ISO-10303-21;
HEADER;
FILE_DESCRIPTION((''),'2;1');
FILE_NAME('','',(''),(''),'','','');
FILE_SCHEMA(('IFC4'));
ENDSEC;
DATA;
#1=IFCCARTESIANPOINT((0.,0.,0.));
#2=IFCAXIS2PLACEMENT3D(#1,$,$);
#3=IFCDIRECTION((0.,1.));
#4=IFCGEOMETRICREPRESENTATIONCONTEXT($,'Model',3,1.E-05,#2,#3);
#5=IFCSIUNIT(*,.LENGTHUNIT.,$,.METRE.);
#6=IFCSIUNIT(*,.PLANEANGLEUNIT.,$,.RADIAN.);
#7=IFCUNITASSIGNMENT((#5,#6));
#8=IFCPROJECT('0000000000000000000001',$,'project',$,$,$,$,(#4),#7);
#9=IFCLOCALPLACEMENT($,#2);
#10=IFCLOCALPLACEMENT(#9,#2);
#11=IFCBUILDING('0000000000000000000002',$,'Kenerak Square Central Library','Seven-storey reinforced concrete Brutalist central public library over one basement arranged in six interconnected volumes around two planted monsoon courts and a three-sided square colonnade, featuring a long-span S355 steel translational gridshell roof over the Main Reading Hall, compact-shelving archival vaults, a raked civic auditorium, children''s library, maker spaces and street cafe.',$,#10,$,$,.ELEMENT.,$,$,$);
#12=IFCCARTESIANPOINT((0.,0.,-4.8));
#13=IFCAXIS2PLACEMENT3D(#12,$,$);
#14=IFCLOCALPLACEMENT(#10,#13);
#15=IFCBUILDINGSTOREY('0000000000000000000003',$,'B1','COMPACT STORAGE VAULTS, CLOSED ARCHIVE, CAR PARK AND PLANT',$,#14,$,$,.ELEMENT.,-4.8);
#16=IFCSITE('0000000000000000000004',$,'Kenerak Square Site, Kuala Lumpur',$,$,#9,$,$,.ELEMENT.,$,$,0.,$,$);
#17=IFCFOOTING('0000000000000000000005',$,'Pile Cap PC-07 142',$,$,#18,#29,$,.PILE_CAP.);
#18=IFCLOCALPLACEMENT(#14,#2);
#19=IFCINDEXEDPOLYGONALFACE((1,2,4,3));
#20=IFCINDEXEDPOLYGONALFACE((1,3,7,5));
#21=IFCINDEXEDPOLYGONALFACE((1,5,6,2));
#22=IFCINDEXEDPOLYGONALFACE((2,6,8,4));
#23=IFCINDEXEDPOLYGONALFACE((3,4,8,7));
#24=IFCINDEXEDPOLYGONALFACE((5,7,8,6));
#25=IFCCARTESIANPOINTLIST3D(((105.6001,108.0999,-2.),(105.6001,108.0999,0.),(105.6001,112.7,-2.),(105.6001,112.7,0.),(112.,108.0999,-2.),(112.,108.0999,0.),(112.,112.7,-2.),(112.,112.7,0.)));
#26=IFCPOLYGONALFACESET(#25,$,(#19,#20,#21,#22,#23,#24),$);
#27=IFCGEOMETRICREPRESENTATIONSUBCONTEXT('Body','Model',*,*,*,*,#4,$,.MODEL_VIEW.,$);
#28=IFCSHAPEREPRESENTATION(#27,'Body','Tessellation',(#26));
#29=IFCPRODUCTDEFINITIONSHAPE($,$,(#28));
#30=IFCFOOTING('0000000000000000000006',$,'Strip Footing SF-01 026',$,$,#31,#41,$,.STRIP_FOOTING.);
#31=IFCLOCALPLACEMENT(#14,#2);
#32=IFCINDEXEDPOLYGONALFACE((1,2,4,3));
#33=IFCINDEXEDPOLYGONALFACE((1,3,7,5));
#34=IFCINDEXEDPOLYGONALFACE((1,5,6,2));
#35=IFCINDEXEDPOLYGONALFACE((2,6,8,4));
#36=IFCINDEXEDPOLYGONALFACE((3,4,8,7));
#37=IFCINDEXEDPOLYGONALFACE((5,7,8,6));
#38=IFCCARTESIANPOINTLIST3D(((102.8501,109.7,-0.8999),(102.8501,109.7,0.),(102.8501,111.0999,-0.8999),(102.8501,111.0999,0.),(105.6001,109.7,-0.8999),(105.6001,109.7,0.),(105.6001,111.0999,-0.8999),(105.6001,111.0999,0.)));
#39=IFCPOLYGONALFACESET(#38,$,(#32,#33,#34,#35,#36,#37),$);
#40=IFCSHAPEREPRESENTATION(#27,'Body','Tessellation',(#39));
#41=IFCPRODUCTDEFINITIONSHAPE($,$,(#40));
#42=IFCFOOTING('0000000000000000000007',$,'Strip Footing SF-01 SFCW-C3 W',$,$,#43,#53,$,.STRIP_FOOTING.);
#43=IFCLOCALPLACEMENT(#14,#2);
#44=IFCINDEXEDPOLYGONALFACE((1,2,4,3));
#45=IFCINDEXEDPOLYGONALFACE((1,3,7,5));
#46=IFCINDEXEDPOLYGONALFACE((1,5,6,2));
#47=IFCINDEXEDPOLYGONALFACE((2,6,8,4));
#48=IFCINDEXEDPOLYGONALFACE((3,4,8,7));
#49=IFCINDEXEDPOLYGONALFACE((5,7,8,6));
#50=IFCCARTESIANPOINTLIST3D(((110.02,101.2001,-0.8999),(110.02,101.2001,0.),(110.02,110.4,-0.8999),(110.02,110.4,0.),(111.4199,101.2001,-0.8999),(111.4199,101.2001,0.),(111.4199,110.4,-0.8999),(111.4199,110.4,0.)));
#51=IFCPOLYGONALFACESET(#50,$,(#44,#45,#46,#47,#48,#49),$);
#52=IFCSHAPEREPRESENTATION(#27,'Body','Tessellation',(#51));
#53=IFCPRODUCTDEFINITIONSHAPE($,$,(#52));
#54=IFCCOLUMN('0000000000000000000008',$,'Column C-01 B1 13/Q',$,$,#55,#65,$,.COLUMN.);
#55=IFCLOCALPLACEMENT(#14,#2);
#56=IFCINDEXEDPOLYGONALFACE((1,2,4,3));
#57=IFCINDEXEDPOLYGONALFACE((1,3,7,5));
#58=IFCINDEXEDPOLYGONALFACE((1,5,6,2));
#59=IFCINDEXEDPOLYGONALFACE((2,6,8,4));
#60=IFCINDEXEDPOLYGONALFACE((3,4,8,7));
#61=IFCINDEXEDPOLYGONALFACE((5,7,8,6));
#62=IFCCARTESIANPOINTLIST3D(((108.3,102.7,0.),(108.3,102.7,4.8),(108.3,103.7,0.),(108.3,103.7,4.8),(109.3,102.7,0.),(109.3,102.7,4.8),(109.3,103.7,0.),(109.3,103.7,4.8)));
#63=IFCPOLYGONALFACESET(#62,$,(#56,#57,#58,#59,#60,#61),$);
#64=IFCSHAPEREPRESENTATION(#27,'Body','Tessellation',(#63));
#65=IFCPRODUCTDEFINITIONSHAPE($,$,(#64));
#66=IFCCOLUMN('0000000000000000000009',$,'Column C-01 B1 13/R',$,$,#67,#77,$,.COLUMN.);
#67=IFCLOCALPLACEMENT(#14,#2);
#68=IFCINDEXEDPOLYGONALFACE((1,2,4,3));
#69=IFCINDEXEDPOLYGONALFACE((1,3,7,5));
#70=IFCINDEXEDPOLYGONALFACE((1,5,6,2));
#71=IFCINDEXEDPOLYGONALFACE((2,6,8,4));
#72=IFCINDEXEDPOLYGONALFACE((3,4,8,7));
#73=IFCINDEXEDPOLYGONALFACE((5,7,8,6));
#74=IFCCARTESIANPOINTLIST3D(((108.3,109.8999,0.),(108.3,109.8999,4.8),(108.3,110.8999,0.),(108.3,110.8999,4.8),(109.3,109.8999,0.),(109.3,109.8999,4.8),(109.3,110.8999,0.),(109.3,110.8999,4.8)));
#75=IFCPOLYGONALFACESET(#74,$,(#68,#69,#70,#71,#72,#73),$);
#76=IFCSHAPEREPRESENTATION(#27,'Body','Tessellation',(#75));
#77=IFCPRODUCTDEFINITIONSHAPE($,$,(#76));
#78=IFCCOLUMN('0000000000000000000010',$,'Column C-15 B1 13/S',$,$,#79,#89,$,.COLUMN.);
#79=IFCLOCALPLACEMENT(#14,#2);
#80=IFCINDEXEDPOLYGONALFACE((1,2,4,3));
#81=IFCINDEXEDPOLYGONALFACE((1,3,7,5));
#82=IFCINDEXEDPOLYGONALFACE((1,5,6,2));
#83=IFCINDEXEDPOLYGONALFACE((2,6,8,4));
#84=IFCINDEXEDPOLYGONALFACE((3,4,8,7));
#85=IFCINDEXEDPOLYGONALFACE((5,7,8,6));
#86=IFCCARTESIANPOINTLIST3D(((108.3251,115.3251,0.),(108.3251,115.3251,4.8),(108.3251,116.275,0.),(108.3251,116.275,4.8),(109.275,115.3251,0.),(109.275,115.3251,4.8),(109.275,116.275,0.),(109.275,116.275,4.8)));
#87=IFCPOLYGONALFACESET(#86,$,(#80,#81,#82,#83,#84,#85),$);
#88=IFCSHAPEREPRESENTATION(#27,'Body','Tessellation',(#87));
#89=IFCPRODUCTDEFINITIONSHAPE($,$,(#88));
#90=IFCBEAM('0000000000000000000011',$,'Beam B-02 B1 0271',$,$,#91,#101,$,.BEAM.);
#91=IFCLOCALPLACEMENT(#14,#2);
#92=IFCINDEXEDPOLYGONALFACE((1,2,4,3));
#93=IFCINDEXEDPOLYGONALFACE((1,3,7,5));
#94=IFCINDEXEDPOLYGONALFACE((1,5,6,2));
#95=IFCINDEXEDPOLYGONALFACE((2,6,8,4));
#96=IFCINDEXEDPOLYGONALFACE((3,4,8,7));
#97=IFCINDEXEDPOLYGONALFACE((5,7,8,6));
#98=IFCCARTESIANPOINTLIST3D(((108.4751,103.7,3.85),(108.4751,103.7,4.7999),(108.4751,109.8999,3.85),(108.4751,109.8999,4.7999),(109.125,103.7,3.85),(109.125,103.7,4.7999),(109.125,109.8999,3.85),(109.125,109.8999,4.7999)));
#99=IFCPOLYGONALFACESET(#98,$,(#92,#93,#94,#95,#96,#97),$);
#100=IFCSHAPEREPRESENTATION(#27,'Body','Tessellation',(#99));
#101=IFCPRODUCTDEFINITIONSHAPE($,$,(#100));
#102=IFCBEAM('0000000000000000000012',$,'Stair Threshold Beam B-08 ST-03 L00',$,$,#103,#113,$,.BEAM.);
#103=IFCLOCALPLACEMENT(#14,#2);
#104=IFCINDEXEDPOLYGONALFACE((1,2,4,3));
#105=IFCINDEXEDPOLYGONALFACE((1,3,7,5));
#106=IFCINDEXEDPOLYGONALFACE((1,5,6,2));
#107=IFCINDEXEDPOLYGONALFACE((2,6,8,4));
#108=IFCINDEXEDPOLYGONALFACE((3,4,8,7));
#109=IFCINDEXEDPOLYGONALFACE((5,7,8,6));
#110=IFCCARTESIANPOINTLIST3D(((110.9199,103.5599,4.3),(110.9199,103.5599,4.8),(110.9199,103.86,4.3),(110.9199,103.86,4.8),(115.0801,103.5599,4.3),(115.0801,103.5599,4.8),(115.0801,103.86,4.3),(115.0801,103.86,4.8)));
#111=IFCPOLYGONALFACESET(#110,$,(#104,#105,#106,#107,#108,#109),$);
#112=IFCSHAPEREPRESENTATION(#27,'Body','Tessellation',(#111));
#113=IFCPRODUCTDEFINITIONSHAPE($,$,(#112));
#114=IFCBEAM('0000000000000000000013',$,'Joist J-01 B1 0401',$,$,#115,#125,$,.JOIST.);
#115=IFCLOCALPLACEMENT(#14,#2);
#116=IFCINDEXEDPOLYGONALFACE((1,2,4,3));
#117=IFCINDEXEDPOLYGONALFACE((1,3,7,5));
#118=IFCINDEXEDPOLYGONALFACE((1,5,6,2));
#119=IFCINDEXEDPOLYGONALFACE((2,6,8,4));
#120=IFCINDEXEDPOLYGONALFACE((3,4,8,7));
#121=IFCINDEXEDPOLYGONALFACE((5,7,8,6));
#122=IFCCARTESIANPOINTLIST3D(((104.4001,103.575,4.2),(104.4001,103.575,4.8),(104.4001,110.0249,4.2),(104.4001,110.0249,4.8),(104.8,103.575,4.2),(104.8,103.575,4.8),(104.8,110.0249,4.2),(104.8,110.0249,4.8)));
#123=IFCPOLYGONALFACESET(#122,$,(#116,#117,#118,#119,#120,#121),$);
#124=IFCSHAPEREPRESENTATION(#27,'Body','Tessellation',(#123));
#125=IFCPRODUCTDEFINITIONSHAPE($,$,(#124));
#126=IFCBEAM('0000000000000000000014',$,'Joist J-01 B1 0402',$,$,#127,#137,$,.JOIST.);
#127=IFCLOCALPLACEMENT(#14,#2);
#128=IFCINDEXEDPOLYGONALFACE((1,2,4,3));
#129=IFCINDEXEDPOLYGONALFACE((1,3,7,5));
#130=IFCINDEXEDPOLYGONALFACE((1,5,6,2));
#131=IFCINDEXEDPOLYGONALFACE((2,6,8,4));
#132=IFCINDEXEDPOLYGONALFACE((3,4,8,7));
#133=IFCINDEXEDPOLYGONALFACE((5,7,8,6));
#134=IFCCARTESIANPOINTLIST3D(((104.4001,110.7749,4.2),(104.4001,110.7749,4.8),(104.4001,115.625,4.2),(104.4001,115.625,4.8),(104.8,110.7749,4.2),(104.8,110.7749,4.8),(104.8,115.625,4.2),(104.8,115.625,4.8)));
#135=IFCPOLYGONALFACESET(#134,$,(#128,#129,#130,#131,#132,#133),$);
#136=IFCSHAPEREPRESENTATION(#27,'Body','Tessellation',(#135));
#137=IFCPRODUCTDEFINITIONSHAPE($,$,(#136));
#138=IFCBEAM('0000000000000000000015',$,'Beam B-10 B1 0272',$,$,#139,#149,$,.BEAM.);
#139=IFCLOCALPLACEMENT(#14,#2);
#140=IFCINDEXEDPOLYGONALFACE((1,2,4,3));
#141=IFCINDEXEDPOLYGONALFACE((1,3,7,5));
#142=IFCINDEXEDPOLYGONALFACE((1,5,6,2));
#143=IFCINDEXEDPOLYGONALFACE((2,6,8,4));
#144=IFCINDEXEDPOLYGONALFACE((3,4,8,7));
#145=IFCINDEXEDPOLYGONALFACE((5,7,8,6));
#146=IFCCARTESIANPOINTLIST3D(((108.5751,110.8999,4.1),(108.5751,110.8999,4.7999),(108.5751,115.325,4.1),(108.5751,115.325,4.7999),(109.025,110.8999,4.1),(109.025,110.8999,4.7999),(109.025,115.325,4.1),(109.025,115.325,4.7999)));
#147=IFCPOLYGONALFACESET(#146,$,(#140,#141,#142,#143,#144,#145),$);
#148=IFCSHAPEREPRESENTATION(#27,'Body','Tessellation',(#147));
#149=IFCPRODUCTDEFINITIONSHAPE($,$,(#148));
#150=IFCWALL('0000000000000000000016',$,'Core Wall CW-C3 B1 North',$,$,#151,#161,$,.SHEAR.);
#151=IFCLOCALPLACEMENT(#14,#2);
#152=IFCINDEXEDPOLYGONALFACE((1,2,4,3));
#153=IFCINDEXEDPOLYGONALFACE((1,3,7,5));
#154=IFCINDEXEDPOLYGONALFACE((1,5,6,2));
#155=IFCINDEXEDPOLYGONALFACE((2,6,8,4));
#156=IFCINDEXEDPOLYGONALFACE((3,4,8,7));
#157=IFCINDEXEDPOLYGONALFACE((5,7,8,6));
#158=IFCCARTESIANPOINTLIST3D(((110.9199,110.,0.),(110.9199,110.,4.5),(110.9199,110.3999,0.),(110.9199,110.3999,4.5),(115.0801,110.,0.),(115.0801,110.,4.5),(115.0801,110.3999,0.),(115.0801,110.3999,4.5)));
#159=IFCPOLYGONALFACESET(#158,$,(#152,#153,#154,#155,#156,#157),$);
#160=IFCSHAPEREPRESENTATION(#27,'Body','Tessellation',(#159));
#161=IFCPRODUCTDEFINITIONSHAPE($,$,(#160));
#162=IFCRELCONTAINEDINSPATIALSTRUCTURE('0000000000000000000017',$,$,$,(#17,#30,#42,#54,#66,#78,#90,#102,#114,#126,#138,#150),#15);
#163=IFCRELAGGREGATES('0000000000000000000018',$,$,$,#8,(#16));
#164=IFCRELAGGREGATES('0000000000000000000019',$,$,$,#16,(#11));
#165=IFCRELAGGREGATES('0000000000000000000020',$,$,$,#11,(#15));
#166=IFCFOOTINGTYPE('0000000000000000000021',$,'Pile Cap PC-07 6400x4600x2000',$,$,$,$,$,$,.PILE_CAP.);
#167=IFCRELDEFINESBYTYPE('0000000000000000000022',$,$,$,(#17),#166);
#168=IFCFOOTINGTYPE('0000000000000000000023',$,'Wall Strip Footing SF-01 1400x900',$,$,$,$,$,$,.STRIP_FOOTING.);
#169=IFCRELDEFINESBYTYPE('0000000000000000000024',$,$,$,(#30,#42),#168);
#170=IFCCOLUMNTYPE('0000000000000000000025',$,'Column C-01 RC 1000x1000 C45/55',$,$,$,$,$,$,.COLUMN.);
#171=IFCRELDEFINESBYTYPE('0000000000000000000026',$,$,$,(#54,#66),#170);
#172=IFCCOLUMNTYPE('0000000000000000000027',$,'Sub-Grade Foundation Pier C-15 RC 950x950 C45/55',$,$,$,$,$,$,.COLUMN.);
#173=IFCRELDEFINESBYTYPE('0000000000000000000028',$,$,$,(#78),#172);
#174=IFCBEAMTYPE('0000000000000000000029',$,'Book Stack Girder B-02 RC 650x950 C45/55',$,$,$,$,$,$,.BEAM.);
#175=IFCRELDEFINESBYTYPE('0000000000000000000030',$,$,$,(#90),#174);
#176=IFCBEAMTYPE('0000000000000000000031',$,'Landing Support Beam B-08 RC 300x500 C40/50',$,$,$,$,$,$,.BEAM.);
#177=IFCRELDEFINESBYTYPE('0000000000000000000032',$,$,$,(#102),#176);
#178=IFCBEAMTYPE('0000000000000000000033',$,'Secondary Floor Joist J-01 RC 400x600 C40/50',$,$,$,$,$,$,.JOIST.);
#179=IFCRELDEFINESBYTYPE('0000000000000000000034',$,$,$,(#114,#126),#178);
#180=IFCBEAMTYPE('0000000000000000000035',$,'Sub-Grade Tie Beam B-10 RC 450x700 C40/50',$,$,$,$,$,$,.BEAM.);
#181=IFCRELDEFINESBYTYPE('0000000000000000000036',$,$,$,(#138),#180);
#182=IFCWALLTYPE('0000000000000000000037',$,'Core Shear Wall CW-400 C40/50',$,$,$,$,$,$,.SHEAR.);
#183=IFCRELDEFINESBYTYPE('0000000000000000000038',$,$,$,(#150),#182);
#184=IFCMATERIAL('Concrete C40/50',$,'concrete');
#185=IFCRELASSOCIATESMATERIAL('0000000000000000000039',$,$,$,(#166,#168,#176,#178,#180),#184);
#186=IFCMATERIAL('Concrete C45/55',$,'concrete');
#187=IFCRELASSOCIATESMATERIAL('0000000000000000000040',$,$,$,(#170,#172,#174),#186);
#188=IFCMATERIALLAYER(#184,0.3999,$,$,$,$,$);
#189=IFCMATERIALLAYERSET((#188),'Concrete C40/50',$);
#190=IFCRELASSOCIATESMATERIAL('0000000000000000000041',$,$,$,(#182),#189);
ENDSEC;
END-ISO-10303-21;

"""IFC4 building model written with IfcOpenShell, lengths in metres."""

from ifc_helpers import new_model, si_unit, direction, frame, frame_2d, origin, origin_2d, place, context, subcontext, project, spatial, rectangle, extrude, material, layer, layer_set, material_profile, profile_set, type_object, element, save


model = new_model("IFC4")

# Units and contexts
model_context = context("Model", 3, precision=1e-05, world=origin(), true_north=direction((0.0, 1.0)))
body_context = subcontext(model_context, "Body", "Model", "MODEL_VIEW")
ifc_project = project(units=[si_unit("LENGTHUNIT", "METRE"), si_unit("PLANEANGLEUNIT", "RADIAN")], contexts=[model_context])

# Site, building, storey
site_placement = place(None, origin())
site = spatial("IfcSite", under=ifc_project, at=site_placement, Name="Kenerak Square Site, Kuala Lumpur", CompositionType="ELEMENT", RefElevation=0.0)
building_placement = place(site_placement, origin())
building = spatial("IfcBuilding", under=site, at=building_placement, Name="Kenerak Square Central Library", Description="Seven-storey reinforced concrete Brutalist central public library over one basement arranged in six interconnected volumes around two planted monsoon courts and a three-sided square colonnade, featuring a long-span S355 steel translational gridshell roof over the Main Reading Hall, compact-shelving archival vaults, a raked civic auditorium, children's library, maker spaces and street cafe.", CompositionType="ELEMENT")
storey_placement = place(building_placement, frame((0.0, 0.0, -4.8)))
storey = spatial("IfcBuildingStorey", under=building, at=storey_placement, Name="B1", Description="COMPACT STORAGE VAULTS, CLOSED ARCHIVE, CAR PARK AND PLANT", CompositionType="ELEMENT", Elevation=-4.8)

# Shared definitions
ifc_material_1 = material(Name="Concrete C40/50", Category="concrete")

# Footings
footing_type_1 = type_object("IfcFootingType", Name="Pile Cap PC-07 6400x4600x2000", PredefinedType="PILE_CAP", material=ifc_material_1)
for number, where, z_axis, x_axis, name in (
    (1, (108.8, 110.3999, -2.0), (0.0, 0.0, 1.0), (1.0, 0.0, 0.0), "Pile Cap PC-07 142"),
):
    element("IfcFooting", number, at=place(storey_placement, frame(where, z_axis=z_axis, x_axis=x_axis)), inside=storey, type_object=footing_type_1, Name=name, PredefinedType="PILE_CAP", context=body_context, shape_type="SweptSolid", body=[
        extrude(rectangle(XDim=6.3999, YDim=4.6001, at=origin_2d()), origin(), (0.0, 0.0, 1.0), 2.0),
    ])
footing_type_2 = type_object("IfcFootingType", Name="Wall Strip Footing SF-01 1400x900", PredefinedType="STRIP_FOOTING", material=ifc_material_1)
footing_1_placement = place(storey_placement, frame((104.2251, 110.3999, -0.8999), z_axis=(0.0, 0.0, 1.0), x_axis=(1.0, 0.0, 0.0)))
element("IfcFooting", 2, at=footing_1_placement, inside=storey, type_object=footing_type_2, Name="Strip Footing SF-01 026", PredefinedType="STRIP_FOOTING", context=body_context, shape_type="SweptSolid", body=[
    extrude(rectangle(XDim=2.75, YDim=1.3999, at=origin_2d()), origin(), (0.0, 0.0, 1.0), 0.8999),
])
footing_2_placement = place(storey_placement, frame((110.72, 105.8, -0.8999), z_axis=(0.0, 0.0, 1.0), x_axis=(1.0, 0.0, 0.0)))
element("IfcFooting", 3, at=footing_2_placement, inside=storey, type_object=footing_type_2, Name="Strip Footing SF-01 SFCW-C3 W", PredefinedType="STRIP_FOOTING", context=body_context, shape_type="SweptSolid", body=[
    extrude(rectangle(XDim=1.3999, YDim=9.2, at=origin_2d()), origin(), (0.0, 0.0, 1.0), 0.8999),
])

# Columns
ifc_material_2 = material(Name="Concrete C45/55", Category="concrete")
ifc_material_profile_1 = material_profile(ifc_material_2, rectangle(XDim=1.0, YDim=1.0, at=origin_2d()), Name="RC 1000x1000")
ifc_profile_set_1 = profile_set([ifc_material_profile_1], Name="Concrete C45/55")
column_type_1 = type_object("IfcColumnType", Name="Column C-01 RC 1000x1000 C45/55", PredefinedType="COLUMN", material=ifc_profile_set_1)
for number, where, z_axis, x_axis, name in (
    (4, (108.8, 103.2, 0.0), (0.0, 0.0, 1.0), (1.0, 0.0, 0.0), "Column C-01 B1 13/Q"),
    (5, (108.8, 110.3999, 0.0), (0.0, 0.0, 1.0), (1.0, 0.0, 0.0), "Column C-01 B1 13/R"),
):
    element("IfcColumn", number, at=place(storey_placement, frame(where, z_axis=z_axis, x_axis=x_axis)), inside=storey, type_object=column_type_1, Name=name, PredefinedType="COLUMN", context=body_context, shape_type="SweptSolid", body=[
        extrude(rectangle(XDim=1.0, YDim=1.0, at=origin_2d()), origin(), (0.0, 0.0, 1.0), 4.8),
    ])
ifc_material_profile_2 = material_profile(ifc_material_2, rectangle(XDim=0.95, YDim=0.95, at=origin_2d()), Name="RC 950x950")
ifc_profile_set_2 = profile_set([ifc_material_profile_2], Name="Concrete C45/55")
column_type_2 = type_object("IfcColumnType", Name="Sub-Grade Foundation Pier C-15 RC 950x950 C45/55", PredefinedType="COLUMN", material=ifc_profile_set_2)
column_placement = place(storey_placement, frame((108.8, 115.8, 0.0), z_axis=(0.0, 0.0, 1.0), x_axis=(1.0, 0.0, 0.0)))
element("IfcColumn", 6, at=column_placement, inside=storey, type_object=column_type_2, Name="Column C-15 B1 13/S", PredefinedType="COLUMN", context=body_context, shape_type="SweptSolid", body=[
    extrude(rectangle(XDim=0.95, YDim=0.95, at=origin_2d()), origin(), (0.0, 0.0, 1.0), 4.8),
])

# Beams
ifc_material_profile_3 = material_profile(ifc_material_2, rectangle(XDim=0.6499, YDim=0.95, at=origin_2d()), Name="RC 650x950")
ifc_profile_set_3 = profile_set([ifc_material_profile_3], Name="Concrete C45/55")
beam_type_1 = type_object("IfcBeamType", Name="Book Stack Girder B-02 RC 650x950 C45/55", PredefinedType="BEAM", material=ifc_profile_set_3)
beam_1_placement = place(storey_placement, frame((108.8, 103.7, 4.325), z_axis=(0.0, 1.0, 0.0), x_axis=(-1.0, 0.0, 0.0)))
element("IfcBeam", 7, at=beam_1_placement, inside=storey, type_object=beam_type_1, Name="Beam B-02 B1 0271", PredefinedType="BEAM", context=body_context, shape_type="SweptSolid", body=[
    extrude(rectangle(XDim=0.6499, YDim=0.95, at=origin_2d()), origin(), (0.0, 0.0, 1.0), 6.2),
])
ifc_material_profile_4 = material_profile(ifc_material_1, rectangle(XDim=0.3, YDim=0.5, at=origin_2d()), Name="RC 300x500")
ifc_profile_set_4 = profile_set([ifc_material_profile_4], Name="Concrete C40/50")
beam_type_2 = type_object("IfcBeamType", Name="Landing Support Beam B-08 RC 300x500 C40/50", PredefinedType="BEAM", material=ifc_profile_set_4)
beam_2_placement = place(storey_placement, frame((110.9199, 103.71, 4.55), z_axis=(1.0, 0.0, 0.0), x_axis=(0.0, 1.0, 0.0)))
element("IfcBeam", 8, at=beam_2_placement, inside=storey, type_object=beam_type_2, Name="Stair Threshold Beam B-08 ST-03 L00", PredefinedType="BEAM", context=body_context, shape_type="SweptSolid", body=[
    extrude(rectangle(XDim=0.3, YDim=0.5, at=origin_2d()), origin(), (0.0, 0.0, 1.0), 4.1602),
])
ifc_material_profile_5 = material_profile(ifc_material_1, rectangle(XDim=0.3999, YDim=0.6001, at=origin_2d()), Name="RC 400x600")
ifc_profile_set_5 = profile_set([ifc_material_profile_5], Name="Concrete C40/50")
beam_type_3 = type_object("IfcBeamType", Name="Secondary Floor Joist J-01 RC 400x600 C40/50", PredefinedType="JOIST", material=ifc_profile_set_5)
beam_3_placement = place(storey_placement, frame((104.6001, 103.575, 4.5), z_axis=(0.0, 1.0, 0.0), x_axis=(-1.0, 0.0, 0.0)))
element("IfcBeam", 9, at=beam_3_placement, inside=storey, type_object=beam_type_3, Name="Joist J-01 B1 0401", PredefinedType="JOIST", context=body_context, shape_type="SweptSolid", body=[
    extrude(rectangle(XDim=0.3999, YDim=0.6001, at=origin_2d()), origin(), (0.0, 0.0, 1.0), 6.45),
])
beam_4_placement = place(storey_placement, frame((104.6001, 110.7749, 4.5), z_axis=(0.0, 1.0, 0.0), x_axis=(-1.0, 0.0, 0.0)))
element("IfcBeam", 10, at=beam_4_placement, inside=storey, type_object=beam_type_3, Name="Joist J-01 B1 0402", PredefinedType="JOIST", context=body_context, shape_type="SweptSolid", body=[
    extrude(rectangle(XDim=0.3999, YDim=0.6001, at=origin_2d()), origin(), (0.0, 0.0, 1.0), 4.8501),
])
ifc_material_profile_6 = material_profile(ifc_material_1, rectangle(XDim=0.45, YDim=0.7, at=origin_2d()), Name="RC 450x700")
ifc_profile_set_6 = profile_set([ifc_material_profile_6], Name="Concrete C40/50")
beam_type_4 = type_object("IfcBeamType", Name="Sub-Grade Tie Beam B-10 RC 450x700 C40/50", PredefinedType="BEAM", material=ifc_profile_set_6)
beam_5_placement = place(storey_placement, frame((108.8, 110.8999, 4.45), z_axis=(0.0, 1.0, 0.0), x_axis=(-1.0, 0.0, 0.0)))
element("IfcBeam", 11, at=beam_5_placement, inside=storey, type_object=beam_type_4, Name="Beam B-10 B1 0272", PredefinedType="BEAM", context=body_context, shape_type="SweptSolid", body=[
    extrude(rectangle(XDim=0.45, YDim=0.7, at=origin_2d()), origin(), (0.0, 0.0, 1.0), 4.425),
])

# Wall
ifc_layer = layer(ifc_material_1, 0.3999)
ifc_layer_set = layer_set([ifc_layer], Name="Concrete C40/50")
wall_type = type_object("IfcWallType", Name="Core Shear Wall CW-400 C40/50", PredefinedType="SHEAR", material=ifc_layer_set)
wall_placement = place(storey_placement, frame((110.9199, 110.2, 0.0), z_axis=(0.0, 0.0, 1.0), x_axis=(1.0, 0.0, 0.0)))
element("IfcWall", 12, at=wall_placement, inside=storey, type_object=wall_type, Name="Core Wall CW-C3 B1 North", PredefinedType="SHEAR", context=body_context, shape_type="SweptSolid", body=[
    extrude(rectangle(XDim=4.1602, YDim=0.3999, at=frame_2d((2.0801, 0.0))), origin(), (0.0, 0.0, 1.0), 4.5),
])

save(model, "model.ifc")
